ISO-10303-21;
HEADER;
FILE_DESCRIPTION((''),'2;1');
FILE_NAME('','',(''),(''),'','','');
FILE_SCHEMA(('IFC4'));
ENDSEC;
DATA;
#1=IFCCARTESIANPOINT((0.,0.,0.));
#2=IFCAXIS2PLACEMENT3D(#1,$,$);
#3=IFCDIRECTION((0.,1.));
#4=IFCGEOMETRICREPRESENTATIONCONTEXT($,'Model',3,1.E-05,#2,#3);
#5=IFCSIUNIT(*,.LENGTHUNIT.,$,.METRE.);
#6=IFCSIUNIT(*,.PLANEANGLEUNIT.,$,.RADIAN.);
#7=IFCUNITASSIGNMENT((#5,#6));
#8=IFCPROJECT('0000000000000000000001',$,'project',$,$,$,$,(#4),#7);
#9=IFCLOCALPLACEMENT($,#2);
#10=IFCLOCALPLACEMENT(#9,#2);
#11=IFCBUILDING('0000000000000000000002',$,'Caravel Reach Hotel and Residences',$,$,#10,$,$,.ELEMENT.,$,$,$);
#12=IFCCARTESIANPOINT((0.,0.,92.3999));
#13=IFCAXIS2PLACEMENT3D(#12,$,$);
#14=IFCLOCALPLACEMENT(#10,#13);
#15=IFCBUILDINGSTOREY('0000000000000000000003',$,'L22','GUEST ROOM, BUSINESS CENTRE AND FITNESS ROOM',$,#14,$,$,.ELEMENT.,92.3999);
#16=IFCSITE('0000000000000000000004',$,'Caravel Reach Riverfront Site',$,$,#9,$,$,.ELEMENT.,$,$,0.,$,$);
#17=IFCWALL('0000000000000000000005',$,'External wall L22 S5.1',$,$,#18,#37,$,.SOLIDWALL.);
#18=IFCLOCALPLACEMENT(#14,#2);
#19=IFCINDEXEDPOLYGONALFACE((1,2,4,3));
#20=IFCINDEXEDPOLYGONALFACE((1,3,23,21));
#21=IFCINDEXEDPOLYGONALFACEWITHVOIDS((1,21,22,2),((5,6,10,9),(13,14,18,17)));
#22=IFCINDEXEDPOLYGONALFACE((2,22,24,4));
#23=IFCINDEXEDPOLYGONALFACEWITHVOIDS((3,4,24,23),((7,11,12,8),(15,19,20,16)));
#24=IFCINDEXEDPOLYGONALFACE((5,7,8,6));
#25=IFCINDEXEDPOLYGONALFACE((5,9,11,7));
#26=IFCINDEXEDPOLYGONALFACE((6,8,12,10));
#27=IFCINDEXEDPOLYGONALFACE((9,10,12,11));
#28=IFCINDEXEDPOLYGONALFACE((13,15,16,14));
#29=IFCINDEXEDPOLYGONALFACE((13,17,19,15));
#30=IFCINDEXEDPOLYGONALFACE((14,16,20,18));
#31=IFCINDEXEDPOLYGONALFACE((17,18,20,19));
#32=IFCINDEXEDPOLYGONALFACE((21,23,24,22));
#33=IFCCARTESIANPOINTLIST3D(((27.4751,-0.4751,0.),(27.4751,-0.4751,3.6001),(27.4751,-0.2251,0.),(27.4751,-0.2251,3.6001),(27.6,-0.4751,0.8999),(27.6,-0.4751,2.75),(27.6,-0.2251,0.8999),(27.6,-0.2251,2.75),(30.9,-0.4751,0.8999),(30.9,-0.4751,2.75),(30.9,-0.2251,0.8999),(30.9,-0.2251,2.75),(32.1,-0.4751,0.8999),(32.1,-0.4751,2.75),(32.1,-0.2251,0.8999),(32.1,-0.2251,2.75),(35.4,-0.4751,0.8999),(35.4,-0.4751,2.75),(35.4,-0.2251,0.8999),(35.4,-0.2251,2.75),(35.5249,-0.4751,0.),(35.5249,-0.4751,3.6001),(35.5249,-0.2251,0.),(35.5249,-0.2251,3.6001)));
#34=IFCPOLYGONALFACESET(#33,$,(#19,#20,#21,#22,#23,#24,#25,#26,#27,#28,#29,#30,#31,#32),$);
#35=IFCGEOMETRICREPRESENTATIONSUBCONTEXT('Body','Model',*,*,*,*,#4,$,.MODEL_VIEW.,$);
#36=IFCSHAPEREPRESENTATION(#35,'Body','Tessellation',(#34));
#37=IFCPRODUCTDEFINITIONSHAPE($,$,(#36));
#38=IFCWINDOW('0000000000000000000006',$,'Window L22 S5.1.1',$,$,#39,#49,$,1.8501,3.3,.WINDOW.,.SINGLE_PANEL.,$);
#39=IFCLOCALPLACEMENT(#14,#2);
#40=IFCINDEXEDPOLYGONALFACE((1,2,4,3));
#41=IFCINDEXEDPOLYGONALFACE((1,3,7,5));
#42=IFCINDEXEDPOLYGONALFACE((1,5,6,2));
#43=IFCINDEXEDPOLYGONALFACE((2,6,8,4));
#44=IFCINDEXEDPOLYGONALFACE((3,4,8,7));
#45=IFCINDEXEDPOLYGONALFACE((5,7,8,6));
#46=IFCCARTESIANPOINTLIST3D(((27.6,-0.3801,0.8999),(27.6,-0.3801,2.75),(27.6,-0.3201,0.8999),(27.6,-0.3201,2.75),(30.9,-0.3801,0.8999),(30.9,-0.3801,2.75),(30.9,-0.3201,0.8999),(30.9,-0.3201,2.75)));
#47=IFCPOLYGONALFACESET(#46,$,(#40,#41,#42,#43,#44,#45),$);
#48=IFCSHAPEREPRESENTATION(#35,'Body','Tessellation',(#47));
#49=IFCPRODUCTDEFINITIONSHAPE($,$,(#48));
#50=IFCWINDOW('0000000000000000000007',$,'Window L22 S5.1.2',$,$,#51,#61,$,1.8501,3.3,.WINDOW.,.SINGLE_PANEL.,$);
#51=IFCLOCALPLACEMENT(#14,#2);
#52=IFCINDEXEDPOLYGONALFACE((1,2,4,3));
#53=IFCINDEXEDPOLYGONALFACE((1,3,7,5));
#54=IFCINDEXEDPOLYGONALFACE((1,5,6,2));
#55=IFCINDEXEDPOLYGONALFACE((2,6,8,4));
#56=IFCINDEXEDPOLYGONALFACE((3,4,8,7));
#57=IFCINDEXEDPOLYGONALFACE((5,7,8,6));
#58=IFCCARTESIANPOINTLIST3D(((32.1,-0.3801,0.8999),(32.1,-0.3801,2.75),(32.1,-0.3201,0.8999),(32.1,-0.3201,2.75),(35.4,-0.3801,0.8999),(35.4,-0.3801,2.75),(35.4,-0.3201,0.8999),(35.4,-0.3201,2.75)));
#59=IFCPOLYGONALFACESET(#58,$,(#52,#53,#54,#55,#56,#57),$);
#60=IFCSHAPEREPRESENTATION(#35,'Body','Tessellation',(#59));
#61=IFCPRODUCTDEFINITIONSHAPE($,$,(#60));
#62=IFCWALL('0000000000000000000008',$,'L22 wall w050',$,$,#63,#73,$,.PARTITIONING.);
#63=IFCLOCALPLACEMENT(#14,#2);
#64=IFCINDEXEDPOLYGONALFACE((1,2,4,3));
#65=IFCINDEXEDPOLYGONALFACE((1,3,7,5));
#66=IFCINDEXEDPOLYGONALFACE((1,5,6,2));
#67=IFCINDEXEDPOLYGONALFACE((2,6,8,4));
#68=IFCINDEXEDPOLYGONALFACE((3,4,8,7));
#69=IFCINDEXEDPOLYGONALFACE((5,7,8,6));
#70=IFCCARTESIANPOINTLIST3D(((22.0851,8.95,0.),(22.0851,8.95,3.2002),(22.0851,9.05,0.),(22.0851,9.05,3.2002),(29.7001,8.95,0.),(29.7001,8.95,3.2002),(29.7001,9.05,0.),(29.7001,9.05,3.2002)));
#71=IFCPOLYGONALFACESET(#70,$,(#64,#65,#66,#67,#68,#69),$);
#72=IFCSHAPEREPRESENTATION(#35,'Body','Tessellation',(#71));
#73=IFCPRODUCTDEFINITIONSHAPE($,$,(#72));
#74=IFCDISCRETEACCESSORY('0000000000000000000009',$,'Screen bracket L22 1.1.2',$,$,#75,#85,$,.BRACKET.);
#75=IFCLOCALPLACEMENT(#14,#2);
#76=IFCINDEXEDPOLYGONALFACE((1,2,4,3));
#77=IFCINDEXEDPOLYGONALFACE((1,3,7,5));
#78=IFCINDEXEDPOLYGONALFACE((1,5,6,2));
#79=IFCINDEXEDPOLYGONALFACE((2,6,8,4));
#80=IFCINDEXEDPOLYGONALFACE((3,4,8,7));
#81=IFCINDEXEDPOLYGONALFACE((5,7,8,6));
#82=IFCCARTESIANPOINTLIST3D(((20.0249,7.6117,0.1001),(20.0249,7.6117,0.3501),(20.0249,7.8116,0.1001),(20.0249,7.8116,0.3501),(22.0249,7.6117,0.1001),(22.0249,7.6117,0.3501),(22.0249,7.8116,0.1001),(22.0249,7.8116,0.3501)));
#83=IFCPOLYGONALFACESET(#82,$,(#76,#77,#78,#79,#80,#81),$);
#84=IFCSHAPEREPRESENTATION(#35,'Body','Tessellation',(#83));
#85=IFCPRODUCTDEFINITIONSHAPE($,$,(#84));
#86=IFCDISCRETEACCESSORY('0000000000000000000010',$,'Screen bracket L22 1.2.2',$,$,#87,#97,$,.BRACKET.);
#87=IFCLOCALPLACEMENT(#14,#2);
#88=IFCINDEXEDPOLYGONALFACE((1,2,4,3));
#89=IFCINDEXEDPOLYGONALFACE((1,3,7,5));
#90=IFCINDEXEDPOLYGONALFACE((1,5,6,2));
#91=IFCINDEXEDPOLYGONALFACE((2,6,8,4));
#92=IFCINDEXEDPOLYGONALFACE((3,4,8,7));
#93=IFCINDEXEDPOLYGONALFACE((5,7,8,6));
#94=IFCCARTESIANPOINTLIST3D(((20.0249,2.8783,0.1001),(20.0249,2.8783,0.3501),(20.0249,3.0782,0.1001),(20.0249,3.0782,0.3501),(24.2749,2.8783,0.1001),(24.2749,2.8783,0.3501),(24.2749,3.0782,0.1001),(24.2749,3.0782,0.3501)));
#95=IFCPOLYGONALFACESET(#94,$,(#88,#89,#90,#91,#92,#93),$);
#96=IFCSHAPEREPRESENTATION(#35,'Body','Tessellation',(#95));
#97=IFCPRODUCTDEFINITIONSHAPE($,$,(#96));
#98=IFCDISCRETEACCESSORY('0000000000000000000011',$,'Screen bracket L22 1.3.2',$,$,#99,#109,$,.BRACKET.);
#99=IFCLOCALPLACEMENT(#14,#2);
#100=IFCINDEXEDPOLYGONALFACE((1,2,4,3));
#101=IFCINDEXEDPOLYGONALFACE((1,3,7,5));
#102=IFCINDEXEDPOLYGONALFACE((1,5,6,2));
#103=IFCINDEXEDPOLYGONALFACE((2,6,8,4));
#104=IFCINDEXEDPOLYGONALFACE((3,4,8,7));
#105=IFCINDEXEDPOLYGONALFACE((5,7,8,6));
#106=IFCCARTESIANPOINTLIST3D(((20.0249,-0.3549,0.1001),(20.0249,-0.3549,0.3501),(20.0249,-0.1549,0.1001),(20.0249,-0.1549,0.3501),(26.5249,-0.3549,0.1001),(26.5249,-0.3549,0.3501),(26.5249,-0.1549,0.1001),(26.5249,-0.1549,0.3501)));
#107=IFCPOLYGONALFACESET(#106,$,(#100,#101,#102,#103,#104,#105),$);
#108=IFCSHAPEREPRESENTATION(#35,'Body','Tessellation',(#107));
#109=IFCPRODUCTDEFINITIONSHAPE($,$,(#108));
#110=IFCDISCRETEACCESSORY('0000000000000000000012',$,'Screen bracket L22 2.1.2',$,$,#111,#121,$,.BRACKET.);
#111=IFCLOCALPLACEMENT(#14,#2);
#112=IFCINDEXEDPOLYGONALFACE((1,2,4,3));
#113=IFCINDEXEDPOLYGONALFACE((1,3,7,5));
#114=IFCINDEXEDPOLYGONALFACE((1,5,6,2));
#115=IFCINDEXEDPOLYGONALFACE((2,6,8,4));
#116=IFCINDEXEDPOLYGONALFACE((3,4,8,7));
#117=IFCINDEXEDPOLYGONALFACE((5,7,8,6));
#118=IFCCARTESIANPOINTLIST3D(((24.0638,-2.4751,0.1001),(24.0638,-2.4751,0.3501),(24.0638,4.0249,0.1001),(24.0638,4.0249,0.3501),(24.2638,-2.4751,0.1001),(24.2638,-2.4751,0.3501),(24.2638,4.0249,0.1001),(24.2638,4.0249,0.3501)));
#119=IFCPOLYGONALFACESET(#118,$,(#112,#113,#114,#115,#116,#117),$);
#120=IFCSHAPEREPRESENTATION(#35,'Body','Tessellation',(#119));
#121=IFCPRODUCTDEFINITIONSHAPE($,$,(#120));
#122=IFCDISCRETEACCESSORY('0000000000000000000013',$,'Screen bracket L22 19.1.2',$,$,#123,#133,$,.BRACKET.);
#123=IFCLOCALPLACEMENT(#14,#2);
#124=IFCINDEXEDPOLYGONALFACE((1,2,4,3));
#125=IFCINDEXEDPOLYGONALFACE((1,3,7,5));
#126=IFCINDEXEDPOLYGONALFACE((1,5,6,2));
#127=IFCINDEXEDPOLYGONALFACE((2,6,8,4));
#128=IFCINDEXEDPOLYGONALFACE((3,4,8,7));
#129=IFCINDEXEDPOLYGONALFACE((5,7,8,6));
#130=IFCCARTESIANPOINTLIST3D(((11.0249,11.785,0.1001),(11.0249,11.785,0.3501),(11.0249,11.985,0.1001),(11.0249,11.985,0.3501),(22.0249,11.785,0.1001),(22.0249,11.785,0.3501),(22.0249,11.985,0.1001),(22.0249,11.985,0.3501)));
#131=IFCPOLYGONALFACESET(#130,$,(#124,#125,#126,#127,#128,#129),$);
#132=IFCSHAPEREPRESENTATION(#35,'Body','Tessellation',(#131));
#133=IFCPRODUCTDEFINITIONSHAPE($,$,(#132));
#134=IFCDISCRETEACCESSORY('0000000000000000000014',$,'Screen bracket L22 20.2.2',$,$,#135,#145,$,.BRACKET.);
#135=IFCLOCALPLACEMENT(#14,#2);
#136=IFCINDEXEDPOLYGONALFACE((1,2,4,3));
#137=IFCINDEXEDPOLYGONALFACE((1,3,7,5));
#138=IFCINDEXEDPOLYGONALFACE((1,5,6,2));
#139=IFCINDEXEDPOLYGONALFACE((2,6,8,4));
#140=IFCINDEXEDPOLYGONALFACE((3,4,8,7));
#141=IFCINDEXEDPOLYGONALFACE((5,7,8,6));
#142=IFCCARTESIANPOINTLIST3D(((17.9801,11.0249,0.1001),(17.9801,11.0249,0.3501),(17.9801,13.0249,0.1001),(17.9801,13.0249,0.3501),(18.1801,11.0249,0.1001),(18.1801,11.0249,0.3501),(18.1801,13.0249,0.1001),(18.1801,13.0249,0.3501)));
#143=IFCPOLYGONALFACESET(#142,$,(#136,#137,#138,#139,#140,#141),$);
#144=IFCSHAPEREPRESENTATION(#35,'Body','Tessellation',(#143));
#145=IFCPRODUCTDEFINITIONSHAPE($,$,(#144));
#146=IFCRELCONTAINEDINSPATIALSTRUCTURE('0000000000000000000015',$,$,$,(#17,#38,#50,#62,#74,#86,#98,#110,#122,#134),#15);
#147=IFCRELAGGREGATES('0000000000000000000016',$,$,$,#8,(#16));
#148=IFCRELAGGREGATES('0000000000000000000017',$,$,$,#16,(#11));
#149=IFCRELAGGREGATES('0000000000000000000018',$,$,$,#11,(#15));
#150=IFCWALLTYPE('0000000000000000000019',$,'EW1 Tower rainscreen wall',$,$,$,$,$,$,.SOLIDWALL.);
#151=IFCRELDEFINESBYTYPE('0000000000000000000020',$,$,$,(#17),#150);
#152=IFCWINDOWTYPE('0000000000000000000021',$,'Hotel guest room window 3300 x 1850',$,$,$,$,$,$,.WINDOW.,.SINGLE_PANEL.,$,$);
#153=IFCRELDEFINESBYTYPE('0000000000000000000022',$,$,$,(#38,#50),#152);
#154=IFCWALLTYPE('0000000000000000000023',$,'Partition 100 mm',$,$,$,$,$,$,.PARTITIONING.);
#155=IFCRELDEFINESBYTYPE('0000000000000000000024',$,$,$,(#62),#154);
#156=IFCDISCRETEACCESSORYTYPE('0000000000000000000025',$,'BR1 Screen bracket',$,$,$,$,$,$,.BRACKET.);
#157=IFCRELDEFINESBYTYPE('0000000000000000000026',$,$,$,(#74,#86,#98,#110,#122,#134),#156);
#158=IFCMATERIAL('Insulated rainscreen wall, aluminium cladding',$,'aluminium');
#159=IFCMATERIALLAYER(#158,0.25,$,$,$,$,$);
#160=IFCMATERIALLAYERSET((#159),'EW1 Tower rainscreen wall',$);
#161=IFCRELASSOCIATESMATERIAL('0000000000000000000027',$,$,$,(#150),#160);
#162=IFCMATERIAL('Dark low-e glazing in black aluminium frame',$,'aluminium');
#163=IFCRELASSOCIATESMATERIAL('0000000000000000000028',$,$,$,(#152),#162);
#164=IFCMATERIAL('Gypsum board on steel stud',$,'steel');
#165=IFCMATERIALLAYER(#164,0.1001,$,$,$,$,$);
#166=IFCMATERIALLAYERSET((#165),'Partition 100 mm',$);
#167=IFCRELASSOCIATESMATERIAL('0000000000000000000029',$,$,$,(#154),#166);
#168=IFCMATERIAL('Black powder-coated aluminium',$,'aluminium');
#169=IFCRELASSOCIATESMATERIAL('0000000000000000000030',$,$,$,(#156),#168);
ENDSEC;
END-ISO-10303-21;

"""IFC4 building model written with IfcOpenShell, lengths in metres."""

from ifc_helpers import new_model, si_unit, direction, frame, frame_2d, origin, origin_2d, place, context, subcontext, project, spatial, rectangle, extrude, material, layer, layer_set, type_object, element, fill, save


model = new_model("IFC4")

# Units and contexts
model_context = context("Model", 3, precision=1e-05, world=origin(), true_north=direction((0.0, 1.0)))
body_context = subcontext(model_context, "Body", "Model", "MODEL_VIEW")
ifc_project = project(units=[si_unit("LENGTHUNIT", "METRE"), si_unit("PLANEANGLEUNIT", "RADIAN")], contexts=[model_context])

# Site, building, storey
site_placement = place(None, origin())
site = spatial("IfcSite", under=ifc_project, at=site_placement, Name="Caravel Reach Riverfront Site", CompositionType="ELEMENT", RefElevation=0.0)
building_placement = place(site_placement, origin())
building = spatial("IfcBuilding", under=site, at=building_placement, Name="Caravel Reach Hotel and Residences", CompositionType="ELEMENT")
storey_placement = place(building_placement, frame((0.0, 0.0, 92.3999)))
storey = spatial("IfcBuildingStorey", under=building, at=storey_placement, Name="L22", Description="GUEST ROOM, BUSINESS CENTRE AND FITNESS ROOM", CompositionType="ELEMENT", Elevation=92.3999)

# Shared definitions
ifc_material_1 = material(Name="Insulated rainscreen wall, aluminium cladding", Category="aluminium")
ifc_layer_1 = layer(ifc_material_1, 0.25)
ifc_layer_set_1 = layer_set([ifc_layer_1], Name="EW1 Tower rainscreen wall")
wall_type_1 = type_object("IfcWallType", Name="EW1 Tower rainscreen wall", PredefinedType="SOLIDWALL", material=ifc_layer_set_1)

# Wall, openings, windows
wall_1_placement = place(storey_placement, frame((27.4751, -0.3501, 0.0), z_axis=(0.0, 0.0, 1.0), x_axis=(1.0, 0.0, 0.0)))
wall_1 = element("IfcWall", 1, at=wall_1_placement, inside=storey, type_object=wall_type_1, Name="External wall L22 S5.1", PredefinedType="SOLIDWALL", context=body_context, shape_type="SweptSolid", body=[
    extrude(rectangle(XDim=8.0498, YDim=0.25, at=frame_2d((4.0249, 0.0))), origin(), (0.0, 0.0, 1.0), 3.6001),
])
opening_1_placement = place(wall_1_placement, frame((0.125, 0.0, 0.8999)))
opening_1 = element("IfcOpeningElement", 2, at=opening_1_placement, cuts=wall_1, PredefinedType="OPENING", context=body_context, shape_type="SweptSolid", body=[
    extrude(rectangle(XDim=3.3, YDim=1.8501, at=frame_2d((1.6499, 0.925))), frame((0.0, 0.135, 0.0), z_axis=(0.0, -1.0, 0.0), x_axis=(1.0, 0.0, 0.0)), (0.0, 0.0, 1.0), 0.27),
])
opening_2_placement = place(wall_1_placement, frame((4.625, 0.0, 0.8999)))
opening_2 = element("IfcOpeningElement", 3, at=opening_2_placement, cuts=wall_1, PredefinedType="OPENING", context=body_context, shape_type="SweptSolid", body=[
    extrude(rectangle(XDim=3.3, YDim=1.8501, at=frame_2d((1.6499, 0.925))), frame((0.0, 0.135, 0.0), z_axis=(0.0, -1.0, 0.0), x_axis=(1.0, 0.0, 0.0)), (0.0, 0.0, 1.0), 0.27),
])
ifc_material_2 = material(Name="Dark low-e glazing in black aluminium frame", Category="aluminium")
window_type_1 = type_object("IfcWindowType", Name="Hotel guest room window 3300 x 1850", PartitioningType="SINGLE_PANEL", PredefinedType="WINDOW", material=ifc_material_2)
window_1_placement = place(opening_1_placement, origin())
window_1 = element("IfcWindow", 4, at=window_1_placement, inside=storey, type_object=window_type_1, Name="Window L22 S5.1.1", OverallHeight=1.8501, OverallWidth=3.3, PartitioningType="SINGLE_PANEL", PredefinedType="WINDOW", context=body_context, shape_type="SweptSolid", body=[
    extrude(rectangle(XDim=3.3, YDim=1.8501, at=frame_2d((1.6499, 0.925))), frame((0.0, 0.03, 0.0), z_axis=(0.0, -1.0, 0.0), x_axis=(1.0, 0.0, 0.0)), (0.0, 0.0, 1.0), 0.0601),
])
fill(opening_1, window_1)
window_2_placement = place(opening_2_placement, origin())
window_2 = element("IfcWindow", 5, at=window_2_placement, inside=storey, type_object=window_type_1, Name="Window L22 S5.1.2", OverallHeight=1.8501, OverallWidth=3.3, PartitioningType="SINGLE_PANEL", PredefinedType="WINDOW", context=body_context, shape_type="SweptSolid", body=[
    extrude(rectangle(XDim=3.3, YDim=1.8501, at=frame_2d((1.6499, 0.925))), frame((0.0, 0.03, 0.0), z_axis=(0.0, -1.0, 0.0), x_axis=(1.0, 0.0, 0.0)), (0.0, 0.0, 1.0), 0.0601),
])
fill(opening_2, window_2)

# Wall
ifc_material_3 = material(Name="Gypsum board on steel stud", Category="steel")
ifc_layer_2 = layer(ifc_material_3, 0.1001)
ifc_layer_set_2 = layer_set([ifc_layer_2], Name="Partition 100 mm")
wall_type_2 = type_object("IfcWallType", Name="Partition 100 mm", PredefinedType="PARTITIONING", material=ifc_layer_set_2)
wall_2_placement = place(storey_placement, frame((22.085, 9.0, 0.0), z_axis=(0.0, 0.0, 1.0), x_axis=(1.0, 0.0, 0.0)))
element("IfcWall", 6, at=wall_2_placement, inside=storey, type_object=wall_type_2, Name="L22 wall w050", PredefinedType="PARTITIONING", context=body_context, shape_type="SweptSolid", body=[
    extrude(rectangle(XDim=7.615, YDim=0.1001, at=frame_2d((3.8076, 0.0))), origin(), (0.0, 0.0, 1.0), 3.2002),
])

# Discrete accessories
ifc_material_4 = material(Name="Black powder-coated aluminium", Category="aluminium")
discrete_accessory_type = type_object("IfcDiscreteAccessoryType", Name="BR1 Screen bracket", PredefinedType="BRACKET", material=ifc_material_4)
discrete_accessory_1_placement = place(storey_placement, frame((21.0249, 7.7117, 0.1001), z_axis=(0.0, 0.0, 1.0), x_axis=(-1.0, 0.0, 0.0)))
element("IfcDiscreteAccessory", 7, at=discrete_accessory_1_placement, inside=storey, type_object=discrete_accessory_type, Name="Screen bracket L22 1.1.2", PredefinedType="BRACKET", context=body_context, shape_type="SweptSolid", body=[
    extrude(rectangle(XDim=2.0, YDim=0.2, at=origin_2d()), origin(), (0.0, 0.0, 1.0), 0.25),
])
discrete_accessory_2_placement = place(storey_placement, frame((22.1499, 2.9783, 0.1001), z_axis=(0.0, 0.0, 1.0), x_axis=(-1.0, 0.0, 0.0)))
element("IfcDiscreteAccessory", 8, at=discrete_accessory_2_placement, inside=storey, type_object=discrete_accessory_type, Name="Screen bracket L22 1.2.2", PredefinedType="BRACKET", context=body_context, shape_type="SweptSolid", body=[
    extrude(rectangle(XDim=4.25, YDim=0.2, at=origin_2d()), origin(), (0.0, 0.0, 1.0), 0.25),
])
for number, where, z_axis, x_axis, name in (
    (9, (23.2749, -0.2549, 0.1001), (0.0, 0.0, 1.0), (-1.0, 0.0, 0.0), "Screen bracket L22 1.3.2"),
    (10, (24.1638, 0.7749, 0.1001), (0.0, 0.0, 1.0), (0.0, -1.0, 0.0), "Screen bracket L22 2.1.2"),
):
    element("IfcDiscreteAccessory", number, at=place(storey_placement, frame(where, z_axis=z_axis, x_axis=x_axis)), inside=storey, type_object=discrete_accessory_type, Name=name, PredefinedType="BRACKET", context=body_context, shape_type="SweptSolid", body=[
        extrude(rectangle(XDim=6.5, YDim=0.2, at=origin_2d()), origin(), (0.0, 0.0, 1.0), 0.25),
    ])
discrete_accessory_3_placement = place(storey_placement, frame((16.5249, 11.885, 0.1001), z_axis=(0.0, 0.0, 1.0), x_axis=(-1.0, 0.0, 0.0)))
element("IfcDiscreteAccessory", 11, at=discrete_accessory_3_placement, inside=storey, type_object=discrete_accessory_type, Name="Screen bracket L22 19.1.2", PredefinedType="BRACKET", context=body_context, shape_type="SweptSolid", body=[
    extrude(rectangle(XDim=11.0, YDim=0.2, at=origin_2d()), origin(), (0.0, 0.0, 1.0), 0.25),
])
discrete_accessory_4_placement = place(storey_placement, frame((18.0801, 12.0249, 0.1001), z_axis=(0.0, 0.0, 1.0), x_axis=(0.0, -1.0, 0.0)))
element("IfcDiscreteAccessory", 12, at=discrete_accessory_4_placement, inside=storey, type_object=discrete_accessory_type, Name="Screen bracket L22 20.2.2", PredefinedType="BRACKET", context=body_context, shape_type="SweptSolid", body=[
    extrude(rectangle(XDim=2.0, YDim=0.2, at=origin_2d()), origin(), (0.0, 0.0, 1.0), 0.25),
])

save(model, "model.ifc")
